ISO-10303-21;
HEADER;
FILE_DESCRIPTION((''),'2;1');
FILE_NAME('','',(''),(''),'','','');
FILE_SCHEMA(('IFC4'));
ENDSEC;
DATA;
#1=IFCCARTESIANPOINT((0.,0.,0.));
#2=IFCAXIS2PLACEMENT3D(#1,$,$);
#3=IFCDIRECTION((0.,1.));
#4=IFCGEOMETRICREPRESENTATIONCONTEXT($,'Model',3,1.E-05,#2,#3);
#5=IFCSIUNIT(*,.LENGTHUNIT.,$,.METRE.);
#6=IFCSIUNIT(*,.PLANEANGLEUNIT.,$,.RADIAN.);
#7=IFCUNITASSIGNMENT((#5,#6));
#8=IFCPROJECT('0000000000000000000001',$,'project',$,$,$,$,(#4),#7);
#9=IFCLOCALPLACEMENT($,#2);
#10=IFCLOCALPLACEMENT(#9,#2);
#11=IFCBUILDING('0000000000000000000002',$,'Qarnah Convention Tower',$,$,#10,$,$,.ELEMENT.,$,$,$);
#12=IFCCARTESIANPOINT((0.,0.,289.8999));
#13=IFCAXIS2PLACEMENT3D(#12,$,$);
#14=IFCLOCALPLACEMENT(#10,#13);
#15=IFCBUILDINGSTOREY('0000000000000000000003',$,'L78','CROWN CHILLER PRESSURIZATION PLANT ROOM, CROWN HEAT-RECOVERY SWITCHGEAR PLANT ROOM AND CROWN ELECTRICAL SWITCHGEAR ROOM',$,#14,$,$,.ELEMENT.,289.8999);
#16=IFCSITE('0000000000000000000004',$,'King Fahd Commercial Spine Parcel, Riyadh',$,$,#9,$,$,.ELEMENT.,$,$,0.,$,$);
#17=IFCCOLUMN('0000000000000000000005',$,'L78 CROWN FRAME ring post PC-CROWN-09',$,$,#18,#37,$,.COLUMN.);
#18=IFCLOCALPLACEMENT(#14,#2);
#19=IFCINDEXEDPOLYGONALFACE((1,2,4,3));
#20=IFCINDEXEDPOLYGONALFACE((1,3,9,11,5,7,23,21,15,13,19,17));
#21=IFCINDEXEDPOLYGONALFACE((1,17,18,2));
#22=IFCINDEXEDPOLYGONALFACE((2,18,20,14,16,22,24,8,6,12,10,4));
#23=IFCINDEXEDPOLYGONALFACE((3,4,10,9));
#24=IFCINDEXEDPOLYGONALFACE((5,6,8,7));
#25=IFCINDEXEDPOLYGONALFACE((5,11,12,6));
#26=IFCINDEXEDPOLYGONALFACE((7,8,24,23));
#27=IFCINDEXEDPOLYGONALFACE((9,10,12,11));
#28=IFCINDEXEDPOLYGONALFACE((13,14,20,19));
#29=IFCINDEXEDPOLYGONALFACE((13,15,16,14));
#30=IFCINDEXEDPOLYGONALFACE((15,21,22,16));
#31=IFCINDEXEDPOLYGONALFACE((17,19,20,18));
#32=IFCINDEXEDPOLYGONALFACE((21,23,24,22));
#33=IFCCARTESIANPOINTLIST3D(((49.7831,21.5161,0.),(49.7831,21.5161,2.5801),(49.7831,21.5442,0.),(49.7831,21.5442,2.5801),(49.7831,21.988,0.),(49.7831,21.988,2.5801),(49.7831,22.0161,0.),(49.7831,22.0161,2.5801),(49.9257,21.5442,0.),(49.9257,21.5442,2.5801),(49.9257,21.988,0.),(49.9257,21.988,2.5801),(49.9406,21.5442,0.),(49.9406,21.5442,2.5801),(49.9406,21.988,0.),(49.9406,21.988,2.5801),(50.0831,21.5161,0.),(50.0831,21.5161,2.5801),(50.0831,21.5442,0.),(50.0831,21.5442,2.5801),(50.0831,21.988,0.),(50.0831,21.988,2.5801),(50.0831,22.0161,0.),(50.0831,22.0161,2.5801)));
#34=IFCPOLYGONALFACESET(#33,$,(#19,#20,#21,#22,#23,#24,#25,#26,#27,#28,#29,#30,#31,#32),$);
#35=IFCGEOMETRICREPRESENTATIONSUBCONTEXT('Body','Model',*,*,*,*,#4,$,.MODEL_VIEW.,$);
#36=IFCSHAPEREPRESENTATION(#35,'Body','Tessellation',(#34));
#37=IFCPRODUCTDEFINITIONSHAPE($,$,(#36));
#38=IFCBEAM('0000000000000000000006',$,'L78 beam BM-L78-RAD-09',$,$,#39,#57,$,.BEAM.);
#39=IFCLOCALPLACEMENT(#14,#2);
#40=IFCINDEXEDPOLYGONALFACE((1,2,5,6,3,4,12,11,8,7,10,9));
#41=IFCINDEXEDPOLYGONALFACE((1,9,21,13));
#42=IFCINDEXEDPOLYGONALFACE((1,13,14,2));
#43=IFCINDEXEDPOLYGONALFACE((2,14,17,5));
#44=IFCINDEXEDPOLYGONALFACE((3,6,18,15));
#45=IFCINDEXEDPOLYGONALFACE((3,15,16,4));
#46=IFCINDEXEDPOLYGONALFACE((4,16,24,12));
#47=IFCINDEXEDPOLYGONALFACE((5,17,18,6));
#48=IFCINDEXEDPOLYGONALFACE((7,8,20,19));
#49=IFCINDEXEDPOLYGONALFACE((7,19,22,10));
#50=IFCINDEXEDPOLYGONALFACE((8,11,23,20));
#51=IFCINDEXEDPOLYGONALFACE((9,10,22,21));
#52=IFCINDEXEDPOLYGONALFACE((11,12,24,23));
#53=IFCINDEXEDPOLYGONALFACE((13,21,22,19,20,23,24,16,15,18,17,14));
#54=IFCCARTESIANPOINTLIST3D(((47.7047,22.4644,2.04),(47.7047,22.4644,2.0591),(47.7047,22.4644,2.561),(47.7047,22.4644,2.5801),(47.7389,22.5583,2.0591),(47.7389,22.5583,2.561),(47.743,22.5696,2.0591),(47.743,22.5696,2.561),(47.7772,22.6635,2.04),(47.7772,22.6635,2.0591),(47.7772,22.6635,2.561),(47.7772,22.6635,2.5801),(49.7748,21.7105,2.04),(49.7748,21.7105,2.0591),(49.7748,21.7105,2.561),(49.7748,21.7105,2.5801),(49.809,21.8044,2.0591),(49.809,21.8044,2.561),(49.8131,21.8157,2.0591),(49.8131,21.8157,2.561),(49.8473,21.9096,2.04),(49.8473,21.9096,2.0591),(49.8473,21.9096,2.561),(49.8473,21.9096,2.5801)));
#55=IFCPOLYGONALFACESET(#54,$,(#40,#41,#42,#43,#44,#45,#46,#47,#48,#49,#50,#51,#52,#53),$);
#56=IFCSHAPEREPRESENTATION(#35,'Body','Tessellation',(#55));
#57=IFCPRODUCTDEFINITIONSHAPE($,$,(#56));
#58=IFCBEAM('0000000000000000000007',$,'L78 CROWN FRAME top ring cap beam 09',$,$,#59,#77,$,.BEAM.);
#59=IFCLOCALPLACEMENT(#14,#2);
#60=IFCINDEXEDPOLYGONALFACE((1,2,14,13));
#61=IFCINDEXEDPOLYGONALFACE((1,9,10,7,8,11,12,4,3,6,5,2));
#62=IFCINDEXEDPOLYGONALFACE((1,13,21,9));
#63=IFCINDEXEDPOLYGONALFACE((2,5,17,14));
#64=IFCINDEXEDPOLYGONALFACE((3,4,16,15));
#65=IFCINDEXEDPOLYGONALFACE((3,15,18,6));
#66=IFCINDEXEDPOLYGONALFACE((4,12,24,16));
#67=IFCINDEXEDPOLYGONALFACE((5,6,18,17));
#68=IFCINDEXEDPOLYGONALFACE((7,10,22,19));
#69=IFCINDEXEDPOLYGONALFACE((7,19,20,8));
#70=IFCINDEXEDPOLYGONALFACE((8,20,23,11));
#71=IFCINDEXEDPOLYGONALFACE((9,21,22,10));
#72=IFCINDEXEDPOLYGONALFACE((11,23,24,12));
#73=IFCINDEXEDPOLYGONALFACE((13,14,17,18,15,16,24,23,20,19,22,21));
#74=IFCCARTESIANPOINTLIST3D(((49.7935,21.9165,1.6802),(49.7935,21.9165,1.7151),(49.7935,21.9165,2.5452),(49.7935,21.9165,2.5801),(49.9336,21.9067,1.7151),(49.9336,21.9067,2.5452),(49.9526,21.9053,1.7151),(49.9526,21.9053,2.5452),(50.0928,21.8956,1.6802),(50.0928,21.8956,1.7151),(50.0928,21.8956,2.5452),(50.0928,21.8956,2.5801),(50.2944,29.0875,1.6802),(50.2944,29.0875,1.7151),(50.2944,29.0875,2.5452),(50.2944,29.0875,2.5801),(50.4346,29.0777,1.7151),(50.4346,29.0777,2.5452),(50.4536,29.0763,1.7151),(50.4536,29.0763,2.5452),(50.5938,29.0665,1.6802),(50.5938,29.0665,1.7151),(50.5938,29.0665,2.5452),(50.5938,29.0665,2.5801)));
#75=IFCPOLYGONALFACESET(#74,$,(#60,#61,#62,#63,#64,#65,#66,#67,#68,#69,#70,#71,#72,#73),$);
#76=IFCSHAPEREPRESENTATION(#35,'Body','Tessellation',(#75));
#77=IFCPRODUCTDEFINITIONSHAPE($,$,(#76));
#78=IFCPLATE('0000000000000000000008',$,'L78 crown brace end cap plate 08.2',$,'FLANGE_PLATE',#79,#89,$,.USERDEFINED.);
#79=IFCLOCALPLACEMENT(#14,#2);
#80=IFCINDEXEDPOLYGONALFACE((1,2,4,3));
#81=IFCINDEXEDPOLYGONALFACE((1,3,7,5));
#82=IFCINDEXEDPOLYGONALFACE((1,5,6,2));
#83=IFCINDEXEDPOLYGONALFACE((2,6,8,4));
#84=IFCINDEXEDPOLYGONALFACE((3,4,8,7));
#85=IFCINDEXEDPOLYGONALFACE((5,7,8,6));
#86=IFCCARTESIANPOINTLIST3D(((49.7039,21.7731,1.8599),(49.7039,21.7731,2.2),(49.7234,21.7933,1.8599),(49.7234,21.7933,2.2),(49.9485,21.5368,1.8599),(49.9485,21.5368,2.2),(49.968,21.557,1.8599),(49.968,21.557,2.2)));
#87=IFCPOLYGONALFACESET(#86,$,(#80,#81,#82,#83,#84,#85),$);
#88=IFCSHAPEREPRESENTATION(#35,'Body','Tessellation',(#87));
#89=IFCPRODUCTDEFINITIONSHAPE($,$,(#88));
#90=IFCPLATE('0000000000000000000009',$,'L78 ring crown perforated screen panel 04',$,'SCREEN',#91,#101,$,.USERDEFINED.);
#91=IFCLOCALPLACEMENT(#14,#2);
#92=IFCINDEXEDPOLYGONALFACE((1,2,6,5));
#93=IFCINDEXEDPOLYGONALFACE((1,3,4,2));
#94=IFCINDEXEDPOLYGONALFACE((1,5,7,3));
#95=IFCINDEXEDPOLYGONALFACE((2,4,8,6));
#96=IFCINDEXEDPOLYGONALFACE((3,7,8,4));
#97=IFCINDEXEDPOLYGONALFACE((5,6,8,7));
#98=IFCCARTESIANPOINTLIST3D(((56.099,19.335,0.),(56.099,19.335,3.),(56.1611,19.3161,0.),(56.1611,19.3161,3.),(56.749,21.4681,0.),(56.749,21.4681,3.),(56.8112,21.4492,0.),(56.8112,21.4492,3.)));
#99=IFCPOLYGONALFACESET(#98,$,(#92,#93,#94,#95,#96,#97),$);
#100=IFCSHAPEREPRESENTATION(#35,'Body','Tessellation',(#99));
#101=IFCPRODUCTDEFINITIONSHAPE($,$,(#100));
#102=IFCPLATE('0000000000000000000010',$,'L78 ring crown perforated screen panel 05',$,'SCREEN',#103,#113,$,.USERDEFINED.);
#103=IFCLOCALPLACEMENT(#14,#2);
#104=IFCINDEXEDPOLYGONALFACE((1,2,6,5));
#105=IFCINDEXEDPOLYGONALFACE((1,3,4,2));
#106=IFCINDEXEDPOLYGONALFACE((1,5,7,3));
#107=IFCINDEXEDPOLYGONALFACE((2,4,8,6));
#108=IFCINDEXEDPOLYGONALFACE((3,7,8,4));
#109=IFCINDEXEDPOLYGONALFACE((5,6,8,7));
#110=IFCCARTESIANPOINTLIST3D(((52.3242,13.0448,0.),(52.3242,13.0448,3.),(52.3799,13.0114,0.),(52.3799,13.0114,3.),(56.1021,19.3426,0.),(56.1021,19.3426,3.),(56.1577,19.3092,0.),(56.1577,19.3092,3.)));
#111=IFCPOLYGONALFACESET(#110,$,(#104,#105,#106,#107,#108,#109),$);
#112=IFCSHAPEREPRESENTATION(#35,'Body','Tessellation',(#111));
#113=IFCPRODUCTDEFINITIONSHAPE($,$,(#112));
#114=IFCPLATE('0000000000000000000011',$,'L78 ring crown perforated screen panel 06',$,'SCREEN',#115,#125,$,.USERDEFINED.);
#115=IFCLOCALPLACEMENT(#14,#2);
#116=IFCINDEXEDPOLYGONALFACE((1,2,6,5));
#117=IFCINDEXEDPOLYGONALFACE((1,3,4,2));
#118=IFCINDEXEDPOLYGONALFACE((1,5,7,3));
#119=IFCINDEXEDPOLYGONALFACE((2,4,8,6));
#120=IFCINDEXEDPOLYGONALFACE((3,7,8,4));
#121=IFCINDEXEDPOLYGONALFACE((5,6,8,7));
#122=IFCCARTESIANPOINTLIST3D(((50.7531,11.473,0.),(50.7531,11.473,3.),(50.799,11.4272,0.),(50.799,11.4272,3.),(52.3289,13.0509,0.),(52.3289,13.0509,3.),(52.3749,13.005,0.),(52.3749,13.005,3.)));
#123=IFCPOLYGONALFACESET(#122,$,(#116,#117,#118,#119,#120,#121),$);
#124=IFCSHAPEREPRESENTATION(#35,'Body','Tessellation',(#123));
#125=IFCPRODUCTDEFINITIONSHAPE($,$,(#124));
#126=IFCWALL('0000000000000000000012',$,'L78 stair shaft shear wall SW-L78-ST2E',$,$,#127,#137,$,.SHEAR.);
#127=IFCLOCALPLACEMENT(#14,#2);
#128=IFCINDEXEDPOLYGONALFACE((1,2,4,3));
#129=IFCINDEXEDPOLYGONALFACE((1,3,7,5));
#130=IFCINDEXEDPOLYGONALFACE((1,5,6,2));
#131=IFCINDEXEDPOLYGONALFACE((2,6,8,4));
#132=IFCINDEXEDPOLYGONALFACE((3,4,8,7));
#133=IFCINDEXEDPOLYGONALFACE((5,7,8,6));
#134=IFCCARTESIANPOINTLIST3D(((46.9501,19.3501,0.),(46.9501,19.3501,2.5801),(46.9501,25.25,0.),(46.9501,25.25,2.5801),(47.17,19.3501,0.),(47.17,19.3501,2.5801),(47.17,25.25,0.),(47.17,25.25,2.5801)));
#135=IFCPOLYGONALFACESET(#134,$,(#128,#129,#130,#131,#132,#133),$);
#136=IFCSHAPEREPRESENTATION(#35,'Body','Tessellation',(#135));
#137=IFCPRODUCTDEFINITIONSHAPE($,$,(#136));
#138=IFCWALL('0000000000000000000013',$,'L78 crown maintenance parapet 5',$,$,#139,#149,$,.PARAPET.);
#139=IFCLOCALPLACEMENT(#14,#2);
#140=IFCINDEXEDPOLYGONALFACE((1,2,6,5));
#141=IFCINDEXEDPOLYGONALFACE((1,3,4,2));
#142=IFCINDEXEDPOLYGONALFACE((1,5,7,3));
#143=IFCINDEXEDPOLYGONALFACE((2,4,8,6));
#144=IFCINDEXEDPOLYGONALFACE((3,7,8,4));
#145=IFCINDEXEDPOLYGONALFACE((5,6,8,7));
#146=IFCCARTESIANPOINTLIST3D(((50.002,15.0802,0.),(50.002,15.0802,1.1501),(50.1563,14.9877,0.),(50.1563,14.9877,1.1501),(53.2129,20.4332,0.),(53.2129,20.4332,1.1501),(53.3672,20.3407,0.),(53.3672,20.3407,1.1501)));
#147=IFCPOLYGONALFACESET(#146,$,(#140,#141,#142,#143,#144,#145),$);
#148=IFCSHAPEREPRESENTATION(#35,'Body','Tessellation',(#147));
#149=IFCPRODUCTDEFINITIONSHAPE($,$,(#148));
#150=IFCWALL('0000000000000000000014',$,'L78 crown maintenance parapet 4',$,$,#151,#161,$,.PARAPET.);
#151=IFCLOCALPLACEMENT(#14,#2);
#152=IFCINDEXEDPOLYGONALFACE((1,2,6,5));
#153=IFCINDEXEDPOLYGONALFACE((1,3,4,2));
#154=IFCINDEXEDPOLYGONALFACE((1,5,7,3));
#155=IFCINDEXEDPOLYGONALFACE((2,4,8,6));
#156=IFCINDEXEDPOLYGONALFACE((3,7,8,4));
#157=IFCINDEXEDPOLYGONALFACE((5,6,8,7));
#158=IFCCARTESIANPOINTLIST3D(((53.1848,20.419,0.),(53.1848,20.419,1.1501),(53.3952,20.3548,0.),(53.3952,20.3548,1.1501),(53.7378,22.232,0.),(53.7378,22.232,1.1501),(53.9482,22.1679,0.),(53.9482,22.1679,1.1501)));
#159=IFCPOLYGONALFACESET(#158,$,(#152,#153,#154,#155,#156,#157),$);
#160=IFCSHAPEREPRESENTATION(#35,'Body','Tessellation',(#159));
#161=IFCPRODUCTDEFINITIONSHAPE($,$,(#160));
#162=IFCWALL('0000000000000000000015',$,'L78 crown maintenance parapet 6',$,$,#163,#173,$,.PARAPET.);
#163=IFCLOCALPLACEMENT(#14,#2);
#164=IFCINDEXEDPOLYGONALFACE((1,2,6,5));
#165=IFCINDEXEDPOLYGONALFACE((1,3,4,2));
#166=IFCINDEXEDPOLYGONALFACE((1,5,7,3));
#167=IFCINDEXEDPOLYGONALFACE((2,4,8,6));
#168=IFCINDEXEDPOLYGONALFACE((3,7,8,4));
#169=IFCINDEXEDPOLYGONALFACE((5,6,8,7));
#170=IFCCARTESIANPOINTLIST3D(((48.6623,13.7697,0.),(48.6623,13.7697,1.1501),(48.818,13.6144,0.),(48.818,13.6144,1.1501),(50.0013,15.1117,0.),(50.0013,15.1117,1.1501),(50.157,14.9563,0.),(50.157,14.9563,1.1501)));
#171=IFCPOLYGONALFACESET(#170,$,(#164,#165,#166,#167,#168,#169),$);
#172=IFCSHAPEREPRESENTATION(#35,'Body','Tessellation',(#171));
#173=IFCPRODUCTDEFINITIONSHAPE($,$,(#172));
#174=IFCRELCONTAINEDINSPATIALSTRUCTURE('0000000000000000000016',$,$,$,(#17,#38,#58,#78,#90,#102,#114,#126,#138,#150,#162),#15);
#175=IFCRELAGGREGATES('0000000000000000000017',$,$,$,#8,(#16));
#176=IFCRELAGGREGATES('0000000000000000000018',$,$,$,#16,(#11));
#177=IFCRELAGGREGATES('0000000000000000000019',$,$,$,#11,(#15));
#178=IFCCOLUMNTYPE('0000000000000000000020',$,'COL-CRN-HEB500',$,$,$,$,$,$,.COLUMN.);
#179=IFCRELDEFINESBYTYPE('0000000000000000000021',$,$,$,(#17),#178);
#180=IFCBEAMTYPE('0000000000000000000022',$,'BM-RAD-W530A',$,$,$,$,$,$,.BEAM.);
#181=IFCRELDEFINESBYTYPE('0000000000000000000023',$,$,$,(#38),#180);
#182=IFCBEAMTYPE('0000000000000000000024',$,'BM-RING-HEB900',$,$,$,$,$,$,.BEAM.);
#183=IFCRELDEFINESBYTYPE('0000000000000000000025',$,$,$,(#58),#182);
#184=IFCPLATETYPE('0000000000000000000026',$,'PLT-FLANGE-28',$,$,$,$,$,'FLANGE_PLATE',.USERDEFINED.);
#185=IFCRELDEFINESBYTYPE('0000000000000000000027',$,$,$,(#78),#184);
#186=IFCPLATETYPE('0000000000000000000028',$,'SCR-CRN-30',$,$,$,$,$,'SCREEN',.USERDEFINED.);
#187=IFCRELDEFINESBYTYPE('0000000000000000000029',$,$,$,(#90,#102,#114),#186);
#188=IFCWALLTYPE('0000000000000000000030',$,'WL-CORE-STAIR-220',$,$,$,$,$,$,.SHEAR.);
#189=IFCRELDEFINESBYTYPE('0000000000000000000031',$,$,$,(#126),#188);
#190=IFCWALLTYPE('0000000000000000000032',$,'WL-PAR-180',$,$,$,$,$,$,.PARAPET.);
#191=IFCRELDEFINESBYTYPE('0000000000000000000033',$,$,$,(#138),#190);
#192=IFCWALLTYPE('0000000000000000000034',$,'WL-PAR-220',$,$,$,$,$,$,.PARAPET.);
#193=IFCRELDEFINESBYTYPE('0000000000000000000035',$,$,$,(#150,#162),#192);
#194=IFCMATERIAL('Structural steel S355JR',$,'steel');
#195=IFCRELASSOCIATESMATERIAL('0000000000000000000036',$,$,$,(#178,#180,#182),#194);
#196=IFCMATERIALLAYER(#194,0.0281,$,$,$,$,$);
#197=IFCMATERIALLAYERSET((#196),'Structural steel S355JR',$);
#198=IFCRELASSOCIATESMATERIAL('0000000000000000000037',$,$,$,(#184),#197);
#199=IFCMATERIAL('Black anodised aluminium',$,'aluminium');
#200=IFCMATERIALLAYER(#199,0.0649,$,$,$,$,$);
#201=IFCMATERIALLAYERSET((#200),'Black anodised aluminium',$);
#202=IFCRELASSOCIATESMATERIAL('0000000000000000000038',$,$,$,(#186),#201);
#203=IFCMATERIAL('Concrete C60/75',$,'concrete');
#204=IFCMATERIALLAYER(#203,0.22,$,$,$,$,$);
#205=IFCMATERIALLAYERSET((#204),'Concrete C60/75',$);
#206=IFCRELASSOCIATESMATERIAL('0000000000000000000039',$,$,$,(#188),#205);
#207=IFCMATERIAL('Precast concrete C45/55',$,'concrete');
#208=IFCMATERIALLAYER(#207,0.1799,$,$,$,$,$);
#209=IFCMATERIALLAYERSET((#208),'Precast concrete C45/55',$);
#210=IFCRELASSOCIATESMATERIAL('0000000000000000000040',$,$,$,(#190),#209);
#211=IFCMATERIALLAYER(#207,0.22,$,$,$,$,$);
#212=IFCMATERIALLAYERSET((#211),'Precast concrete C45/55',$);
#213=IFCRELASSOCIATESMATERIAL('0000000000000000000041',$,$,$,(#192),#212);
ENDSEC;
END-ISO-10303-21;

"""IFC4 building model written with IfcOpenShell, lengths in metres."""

from ifc_helpers import new_model, si_unit, direction, frame, frame_2d, origin, origin_2d, place, context, subcontext, project, spatial, rectangle, i_section, extrude, material, layer, layer_set, material_profile, profile_set, type_object, element, save


model = new_model("IFC4")

# Units and contexts
model_context = context("Model", 3, precision=1e-05, world=origin(), true_north=direction((0.0, 1.0)))
body_context = subcontext(model_context, "Body", "Model", "MODEL_VIEW")
ifc_project = project(units=[si_unit("LENGTHUNIT", "METRE"), si_unit("PLANEANGLEUNIT", "RADIAN")], contexts=[model_context])

# Site, building, storey
site_placement = place(None, origin())
site = spatial("IfcSite", under=ifc_project, at=site_placement, Name="King Fahd Commercial Spine Parcel, Riyadh", CompositionType="ELEMENT", RefElevation=0.0)
building_placement = place(site_placement, origin())
building = spatial("IfcBuilding", under=site, at=building_placement, Name="Qarnah Convention Tower", CompositionType="ELEMENT")
storey_placement = place(building_placement, frame((0.0, 0.0, 289.8999)))
storey = spatial("IfcBuildingStorey", under=building, at=storey_placement, Name="L78", Description="CROWN CHILLER PRESSURIZATION PLANT ROOM, CROWN HEAT-RECOVERY SWITCHGEAR PLANT ROOM AND CROWN ELECTRICAL SWITCHGEAR ROOM", CompositionType="ELEMENT", Elevation=289.8999)

# Column
ifc_material_1 = material(Name="Structural steel S355JR", Category="steel")
ifc_material_profile_1 = material_profile(ifc_material_1, i_section(OverallWidth=0.3, OverallDepth=0.5, WebThickness=0.0149, FlangeThickness=0.0281, at=origin_2d()), Name="HEB500")
ifc_profile_set_1 = profile_set([ifc_material_profile_1], Name="Structural steel S355JR")
column_type = type_object("IfcColumnType", Name="COL-CRN-HEB500", PredefinedType="COLUMN", material=ifc_profile_set_1)
column_placement = place(storey_placement, frame((49.9331, 21.7661, 0.0), z_axis=(0.0, 0.0, 1.0), x_axis=(1.0, 0.0, 0.0)))
element("IfcColumn", 1, at=column_placement, inside=storey, type_object=column_type, Name="L78 CROWN FRAME ring post PC-CROWN-09", PredefinedType="COLUMN", context=body_context, shape_type="SweptSolid", body=[
    extrude(i_section(OverallWidth=0.3, OverallDepth=0.5, WebThickness=0.0149, FlangeThickness=0.0281, at=origin_2d()), origin(), (0.0, 0.0, 1.0), 2.5801),
])

# Beams
ifc_material_profile_2 = material_profile(ifc_material_1, i_section(OverallWidth=0.2119, OverallDepth=0.54, WebThickness=0.012, FlangeThickness=0.019, at=origin_2d()), Name="W530X109")
ifc_profile_set_2 = profile_set([ifc_material_profile_2], Name="Structural steel S355JR")
beam_type_1 = type_object("IfcBeamType", Name="BM-RAD-W530A", PredefinedType="BEAM", material=ifc_profile_set_2)
beam_1_placement = place(storey_placement, frame((47.741, 22.564, 2.3101), z_axis=(0.939625, -0.342206, 0.0), x_axis=(0.342206, 0.939625, 0.0)))
element("IfcBeam", 2, at=beam_1_placement, inside=storey, type_object=beam_type_1, Name="L78 beam BM-L78-RAD-09", PredefinedType="BEAM", context=body_context, shape_type="SweptSolid", body=[
    extrude(i_section(OverallWidth=0.2119, OverallDepth=0.54, WebThickness=0.012, FlangeThickness=0.019, at=origin_2d()), origin(), (0.0, 0.0, 1.0), 2.2031),
])
ifc_material_profile_3 = material_profile(ifc_material_1, i_section(OverallWidth=0.3, OverallDepth=0.8999, WebThickness=0.019, FlangeThickness=0.0349, at=origin_2d()), Name="HEB900")
ifc_profile_set_3 = profile_set([ifc_material_profile_3], Name="Structural steel S355JR")
beam_type_2 = type_object("IfcBeamType", Name="BM-RING-HEB900", PredefinedType="BEAM", material=ifc_profile_set_3)
beam_2_placement = place(storey_placement, frame((49.9431, 21.906, 2.1301), z_axis=(0.069693, 0.997569, 0.0), x_axis=(-0.997569, 0.069693, 0.0)))
element("IfcBeam", 3, at=beam_2_placement, inside=storey, type_object=beam_type_2, Name="L78 CROWN FRAME top ring cap beam 09", PredefinedType="BEAM", context=body_context, shape_type="SweptSolid", body=[
    extrude(i_section(OverallWidth=0.3, OverallDepth=0.8999, WebThickness=0.019, FlangeThickness=0.0349, at=origin_2d()), origin(), (0.0, 0.0, 1.0), 7.1885),
])

# Plates
ifc_layer_1 = layer(ifc_material_1, 0.0281)
ifc_layer_set_1 = layer_set([ifc_layer_1], Name="Structural steel S355JR")
plate_type_1 = type_object("IfcPlateType", Name="PLT-FLANGE-28", ElementType="FLANGE_PLATE", PredefinedType="USERDEFINED", material=ifc_layer_set_1)
plate_1_placement = place(storey_placement, frame((49.8359, 21.665, 1.8599), z_axis=(0.0, 0.0, 1.0), x_axis=(0.694712, 0.719288, 0.0)))
element("IfcPlate", 4, at=plate_1_placement, inside=storey, type_object=plate_type_1, Name="L78 crown brace end cap plate 08.2", ObjectType="FLANGE_PLATE", PredefinedType="USERDEFINED", context=body_context, shape_type="SweptSolid", body=[
    extrude(rectangle(XDim=0.0281, YDim=0.3401, at=origin_2d()), origin(), (0.0, 0.0, 1.0), 0.3401),
])
ifc_material_2 = material(Name="Black anodised aluminium", Category="aluminium")
ifc_layer_2 = layer(ifc_material_2, 0.0649)
ifc_layer_set_2 = layer_set([ifc_layer_2], Name="Black anodised aluminium")
plate_type_2 = type_object("IfcPlateType", Name="SCR-CRN-30", ElementType="SCREEN", PredefinedType="USERDEFINED", material=ifc_layer_set_2)
plate_2_placement = place(storey_placement, frame((56.4551, 20.3921, 0.0), z_axis=(0.0, 0.0, 1.0), x_axis=(-0.2915, -0.956571, 0.0)))
element("IfcPlate", 5, at=plate_2_placement, inside=storey, type_object=plate_type_2, Name="L78 ring crown perforated screen panel 04", ObjectType="SCREEN", PredefinedType="USERDEFINED", context=body_context, shape_type="SweptSolid", body=[
    extrude(rectangle(XDim=2.23, YDim=0.0649, at=origin_2d()), origin(), (0.0, 0.0, 1.0), 3.0),
])
plate_3_placement = place(storey_placement, frame((54.241, 16.177, 0.0), z_axis=(0.0, 0.0, 1.0), x_axis=(-0.514416, -0.857541, 0.0)))
element("IfcPlate", 6, at=plate_3_placement, inside=storey, type_object=plate_type_2, Name="L78 ring crown perforated screen panel 05", ObjectType="SCREEN", PredefinedType="USERDEFINED", context=body_context, shape_type="SweptSolid", body=[
    extrude(rectangle(XDim=7.344, YDim=0.0649, at=origin_2d()), origin(), (0.0, 0.0, 1.0), 3.0),
])
plate_4_placement = place(storey_placement, frame((51.564, 12.239, 0.0), z_axis=(0.0, 0.0, 1.0), x_axis=(-0.706659, -0.707555, 0.0)))
element("IfcPlate", 7, at=plate_4_placement, inside=storey, type_object=plate_type_2, Name="L78 ring crown perforated screen panel 06", ObjectType="SCREEN", PredefinedType="USERDEFINED", context=body_context, shape_type="SweptSolid", body=[
    extrude(rectangle(XDim=2.23, YDim=0.0649, at=origin_2d()), origin(), (0.0, 0.0, 1.0), 3.0),
])

# Shared definitions
ifc_material_3 = material(Name="Concrete C60/75", Category="concrete")

# Walls
ifc_layer_3 = layer(ifc_material_3, 0.22)
ifc_layer_set_3 = layer_set([ifc_layer_3], Name="Concrete C60/75")
wall_type_1 = type_object("IfcWallType", Name="WL-CORE-STAIR-220", PredefinedType="SHEAR", material=ifc_layer_set_3)
wall_1_placement = place(storey_placement, frame((47.0601, 19.3501, 0.0), z_axis=(0.0, 0.0, 1.0), x_axis=(0.0, 1.0, 0.0)))
element("IfcWall", 8, at=wall_1_placement, inside=storey, type_object=wall_type_1, Name="L78 stair shaft shear wall SW-L78-ST2E", PredefinedType="SHEAR", context=body_context, shape_type="SweptSolid", body=[
    extrude(rectangle(XDim=5.8999, YDim=0.22, at=frame_2d((2.95, 0.0))), origin(), (0.0, 0.0, 1.0), 2.5801),
])
ifc_material_4 = material(Name="Precast concrete C45/55", Category="concrete")
ifc_layer_4 = layer(ifc_material_4, 0.1799)
ifc_layer_set_4 = layer_set([ifc_layer_4], Name="Precast concrete C45/55")
wall_type_2 = type_object("IfcWallType", Name="WL-PAR-180", PredefinedType="PARAPET", material=ifc_layer_set_4)
wall_2_placement = place(storey_placement, frame((53.29, 20.387, 0.0), z_axis=(0.0, 0.0, 1.0), x_axis=(-0.514392, -0.857555, 0.0)))
element("IfcWall", 9, at=wall_2_placement, inside=storey, type_object=wall_type_2, Name="L78 crown maintenance parapet 5", PredefinedType="PARAPET", context=body_context, shape_type="SweptSolid", body=[
    extrude(rectangle(XDim=6.2422, YDim=0.1799, at=frame_2d((3.1211, 0.0))), origin(), (0.0, 0.0, 1.0), 1.1501),
])
ifc_layer_5 = layer(ifc_material_4, 0.22)
ifc_layer_set_5 = layer_set([ifc_layer_5], Name="Precast concrete C45/55")
wall_type_3 = type_object("IfcWallType", Name="WL-PAR-220", PredefinedType="PARAPET", material=ifc_layer_set_5)
wall_3_placement = place(storey_placement, frame((53.843, 22.2, 0.0), z_axis=(0.0, 0.0, 1.0), x_axis=(-0.291741, -0.956497, 0.0)))
element("IfcWall", 10, at=wall_3_placement, inside=storey, type_object=wall_type_3, Name="L78 crown maintenance parapet 4", PredefinedType="PARAPET", context=body_context, shape_type="SweptSolid", body=[
    extrude(rectangle(XDim=1.8955, YDim=0.22, at=frame_2d((0.9478, 0.0))), origin(), (0.0, 0.0, 1.0), 1.1501),
])
wall_4_placement = place(storey_placement, frame((50.0791, 15.0339, 0.0), z_axis=(0.0, 0.0, 1.0), x_axis=(-0.706334, -0.707879, 0.0)))
element("IfcWall", 11, at=wall_4_placement, inside=storey, type_object=wall_type_3, Name="L78 crown maintenance parapet 6", PredefinedType="PARAPET", context=body_context, shape_type="SweptSolid", body=[
    extrude(rectangle(XDim=1.8958, YDim=0.22, at=frame_2d((0.9478, 0.0))), origin(), (0.0, 0.0, 1.0), 1.1501),
])

save(model, "model.ifc")
